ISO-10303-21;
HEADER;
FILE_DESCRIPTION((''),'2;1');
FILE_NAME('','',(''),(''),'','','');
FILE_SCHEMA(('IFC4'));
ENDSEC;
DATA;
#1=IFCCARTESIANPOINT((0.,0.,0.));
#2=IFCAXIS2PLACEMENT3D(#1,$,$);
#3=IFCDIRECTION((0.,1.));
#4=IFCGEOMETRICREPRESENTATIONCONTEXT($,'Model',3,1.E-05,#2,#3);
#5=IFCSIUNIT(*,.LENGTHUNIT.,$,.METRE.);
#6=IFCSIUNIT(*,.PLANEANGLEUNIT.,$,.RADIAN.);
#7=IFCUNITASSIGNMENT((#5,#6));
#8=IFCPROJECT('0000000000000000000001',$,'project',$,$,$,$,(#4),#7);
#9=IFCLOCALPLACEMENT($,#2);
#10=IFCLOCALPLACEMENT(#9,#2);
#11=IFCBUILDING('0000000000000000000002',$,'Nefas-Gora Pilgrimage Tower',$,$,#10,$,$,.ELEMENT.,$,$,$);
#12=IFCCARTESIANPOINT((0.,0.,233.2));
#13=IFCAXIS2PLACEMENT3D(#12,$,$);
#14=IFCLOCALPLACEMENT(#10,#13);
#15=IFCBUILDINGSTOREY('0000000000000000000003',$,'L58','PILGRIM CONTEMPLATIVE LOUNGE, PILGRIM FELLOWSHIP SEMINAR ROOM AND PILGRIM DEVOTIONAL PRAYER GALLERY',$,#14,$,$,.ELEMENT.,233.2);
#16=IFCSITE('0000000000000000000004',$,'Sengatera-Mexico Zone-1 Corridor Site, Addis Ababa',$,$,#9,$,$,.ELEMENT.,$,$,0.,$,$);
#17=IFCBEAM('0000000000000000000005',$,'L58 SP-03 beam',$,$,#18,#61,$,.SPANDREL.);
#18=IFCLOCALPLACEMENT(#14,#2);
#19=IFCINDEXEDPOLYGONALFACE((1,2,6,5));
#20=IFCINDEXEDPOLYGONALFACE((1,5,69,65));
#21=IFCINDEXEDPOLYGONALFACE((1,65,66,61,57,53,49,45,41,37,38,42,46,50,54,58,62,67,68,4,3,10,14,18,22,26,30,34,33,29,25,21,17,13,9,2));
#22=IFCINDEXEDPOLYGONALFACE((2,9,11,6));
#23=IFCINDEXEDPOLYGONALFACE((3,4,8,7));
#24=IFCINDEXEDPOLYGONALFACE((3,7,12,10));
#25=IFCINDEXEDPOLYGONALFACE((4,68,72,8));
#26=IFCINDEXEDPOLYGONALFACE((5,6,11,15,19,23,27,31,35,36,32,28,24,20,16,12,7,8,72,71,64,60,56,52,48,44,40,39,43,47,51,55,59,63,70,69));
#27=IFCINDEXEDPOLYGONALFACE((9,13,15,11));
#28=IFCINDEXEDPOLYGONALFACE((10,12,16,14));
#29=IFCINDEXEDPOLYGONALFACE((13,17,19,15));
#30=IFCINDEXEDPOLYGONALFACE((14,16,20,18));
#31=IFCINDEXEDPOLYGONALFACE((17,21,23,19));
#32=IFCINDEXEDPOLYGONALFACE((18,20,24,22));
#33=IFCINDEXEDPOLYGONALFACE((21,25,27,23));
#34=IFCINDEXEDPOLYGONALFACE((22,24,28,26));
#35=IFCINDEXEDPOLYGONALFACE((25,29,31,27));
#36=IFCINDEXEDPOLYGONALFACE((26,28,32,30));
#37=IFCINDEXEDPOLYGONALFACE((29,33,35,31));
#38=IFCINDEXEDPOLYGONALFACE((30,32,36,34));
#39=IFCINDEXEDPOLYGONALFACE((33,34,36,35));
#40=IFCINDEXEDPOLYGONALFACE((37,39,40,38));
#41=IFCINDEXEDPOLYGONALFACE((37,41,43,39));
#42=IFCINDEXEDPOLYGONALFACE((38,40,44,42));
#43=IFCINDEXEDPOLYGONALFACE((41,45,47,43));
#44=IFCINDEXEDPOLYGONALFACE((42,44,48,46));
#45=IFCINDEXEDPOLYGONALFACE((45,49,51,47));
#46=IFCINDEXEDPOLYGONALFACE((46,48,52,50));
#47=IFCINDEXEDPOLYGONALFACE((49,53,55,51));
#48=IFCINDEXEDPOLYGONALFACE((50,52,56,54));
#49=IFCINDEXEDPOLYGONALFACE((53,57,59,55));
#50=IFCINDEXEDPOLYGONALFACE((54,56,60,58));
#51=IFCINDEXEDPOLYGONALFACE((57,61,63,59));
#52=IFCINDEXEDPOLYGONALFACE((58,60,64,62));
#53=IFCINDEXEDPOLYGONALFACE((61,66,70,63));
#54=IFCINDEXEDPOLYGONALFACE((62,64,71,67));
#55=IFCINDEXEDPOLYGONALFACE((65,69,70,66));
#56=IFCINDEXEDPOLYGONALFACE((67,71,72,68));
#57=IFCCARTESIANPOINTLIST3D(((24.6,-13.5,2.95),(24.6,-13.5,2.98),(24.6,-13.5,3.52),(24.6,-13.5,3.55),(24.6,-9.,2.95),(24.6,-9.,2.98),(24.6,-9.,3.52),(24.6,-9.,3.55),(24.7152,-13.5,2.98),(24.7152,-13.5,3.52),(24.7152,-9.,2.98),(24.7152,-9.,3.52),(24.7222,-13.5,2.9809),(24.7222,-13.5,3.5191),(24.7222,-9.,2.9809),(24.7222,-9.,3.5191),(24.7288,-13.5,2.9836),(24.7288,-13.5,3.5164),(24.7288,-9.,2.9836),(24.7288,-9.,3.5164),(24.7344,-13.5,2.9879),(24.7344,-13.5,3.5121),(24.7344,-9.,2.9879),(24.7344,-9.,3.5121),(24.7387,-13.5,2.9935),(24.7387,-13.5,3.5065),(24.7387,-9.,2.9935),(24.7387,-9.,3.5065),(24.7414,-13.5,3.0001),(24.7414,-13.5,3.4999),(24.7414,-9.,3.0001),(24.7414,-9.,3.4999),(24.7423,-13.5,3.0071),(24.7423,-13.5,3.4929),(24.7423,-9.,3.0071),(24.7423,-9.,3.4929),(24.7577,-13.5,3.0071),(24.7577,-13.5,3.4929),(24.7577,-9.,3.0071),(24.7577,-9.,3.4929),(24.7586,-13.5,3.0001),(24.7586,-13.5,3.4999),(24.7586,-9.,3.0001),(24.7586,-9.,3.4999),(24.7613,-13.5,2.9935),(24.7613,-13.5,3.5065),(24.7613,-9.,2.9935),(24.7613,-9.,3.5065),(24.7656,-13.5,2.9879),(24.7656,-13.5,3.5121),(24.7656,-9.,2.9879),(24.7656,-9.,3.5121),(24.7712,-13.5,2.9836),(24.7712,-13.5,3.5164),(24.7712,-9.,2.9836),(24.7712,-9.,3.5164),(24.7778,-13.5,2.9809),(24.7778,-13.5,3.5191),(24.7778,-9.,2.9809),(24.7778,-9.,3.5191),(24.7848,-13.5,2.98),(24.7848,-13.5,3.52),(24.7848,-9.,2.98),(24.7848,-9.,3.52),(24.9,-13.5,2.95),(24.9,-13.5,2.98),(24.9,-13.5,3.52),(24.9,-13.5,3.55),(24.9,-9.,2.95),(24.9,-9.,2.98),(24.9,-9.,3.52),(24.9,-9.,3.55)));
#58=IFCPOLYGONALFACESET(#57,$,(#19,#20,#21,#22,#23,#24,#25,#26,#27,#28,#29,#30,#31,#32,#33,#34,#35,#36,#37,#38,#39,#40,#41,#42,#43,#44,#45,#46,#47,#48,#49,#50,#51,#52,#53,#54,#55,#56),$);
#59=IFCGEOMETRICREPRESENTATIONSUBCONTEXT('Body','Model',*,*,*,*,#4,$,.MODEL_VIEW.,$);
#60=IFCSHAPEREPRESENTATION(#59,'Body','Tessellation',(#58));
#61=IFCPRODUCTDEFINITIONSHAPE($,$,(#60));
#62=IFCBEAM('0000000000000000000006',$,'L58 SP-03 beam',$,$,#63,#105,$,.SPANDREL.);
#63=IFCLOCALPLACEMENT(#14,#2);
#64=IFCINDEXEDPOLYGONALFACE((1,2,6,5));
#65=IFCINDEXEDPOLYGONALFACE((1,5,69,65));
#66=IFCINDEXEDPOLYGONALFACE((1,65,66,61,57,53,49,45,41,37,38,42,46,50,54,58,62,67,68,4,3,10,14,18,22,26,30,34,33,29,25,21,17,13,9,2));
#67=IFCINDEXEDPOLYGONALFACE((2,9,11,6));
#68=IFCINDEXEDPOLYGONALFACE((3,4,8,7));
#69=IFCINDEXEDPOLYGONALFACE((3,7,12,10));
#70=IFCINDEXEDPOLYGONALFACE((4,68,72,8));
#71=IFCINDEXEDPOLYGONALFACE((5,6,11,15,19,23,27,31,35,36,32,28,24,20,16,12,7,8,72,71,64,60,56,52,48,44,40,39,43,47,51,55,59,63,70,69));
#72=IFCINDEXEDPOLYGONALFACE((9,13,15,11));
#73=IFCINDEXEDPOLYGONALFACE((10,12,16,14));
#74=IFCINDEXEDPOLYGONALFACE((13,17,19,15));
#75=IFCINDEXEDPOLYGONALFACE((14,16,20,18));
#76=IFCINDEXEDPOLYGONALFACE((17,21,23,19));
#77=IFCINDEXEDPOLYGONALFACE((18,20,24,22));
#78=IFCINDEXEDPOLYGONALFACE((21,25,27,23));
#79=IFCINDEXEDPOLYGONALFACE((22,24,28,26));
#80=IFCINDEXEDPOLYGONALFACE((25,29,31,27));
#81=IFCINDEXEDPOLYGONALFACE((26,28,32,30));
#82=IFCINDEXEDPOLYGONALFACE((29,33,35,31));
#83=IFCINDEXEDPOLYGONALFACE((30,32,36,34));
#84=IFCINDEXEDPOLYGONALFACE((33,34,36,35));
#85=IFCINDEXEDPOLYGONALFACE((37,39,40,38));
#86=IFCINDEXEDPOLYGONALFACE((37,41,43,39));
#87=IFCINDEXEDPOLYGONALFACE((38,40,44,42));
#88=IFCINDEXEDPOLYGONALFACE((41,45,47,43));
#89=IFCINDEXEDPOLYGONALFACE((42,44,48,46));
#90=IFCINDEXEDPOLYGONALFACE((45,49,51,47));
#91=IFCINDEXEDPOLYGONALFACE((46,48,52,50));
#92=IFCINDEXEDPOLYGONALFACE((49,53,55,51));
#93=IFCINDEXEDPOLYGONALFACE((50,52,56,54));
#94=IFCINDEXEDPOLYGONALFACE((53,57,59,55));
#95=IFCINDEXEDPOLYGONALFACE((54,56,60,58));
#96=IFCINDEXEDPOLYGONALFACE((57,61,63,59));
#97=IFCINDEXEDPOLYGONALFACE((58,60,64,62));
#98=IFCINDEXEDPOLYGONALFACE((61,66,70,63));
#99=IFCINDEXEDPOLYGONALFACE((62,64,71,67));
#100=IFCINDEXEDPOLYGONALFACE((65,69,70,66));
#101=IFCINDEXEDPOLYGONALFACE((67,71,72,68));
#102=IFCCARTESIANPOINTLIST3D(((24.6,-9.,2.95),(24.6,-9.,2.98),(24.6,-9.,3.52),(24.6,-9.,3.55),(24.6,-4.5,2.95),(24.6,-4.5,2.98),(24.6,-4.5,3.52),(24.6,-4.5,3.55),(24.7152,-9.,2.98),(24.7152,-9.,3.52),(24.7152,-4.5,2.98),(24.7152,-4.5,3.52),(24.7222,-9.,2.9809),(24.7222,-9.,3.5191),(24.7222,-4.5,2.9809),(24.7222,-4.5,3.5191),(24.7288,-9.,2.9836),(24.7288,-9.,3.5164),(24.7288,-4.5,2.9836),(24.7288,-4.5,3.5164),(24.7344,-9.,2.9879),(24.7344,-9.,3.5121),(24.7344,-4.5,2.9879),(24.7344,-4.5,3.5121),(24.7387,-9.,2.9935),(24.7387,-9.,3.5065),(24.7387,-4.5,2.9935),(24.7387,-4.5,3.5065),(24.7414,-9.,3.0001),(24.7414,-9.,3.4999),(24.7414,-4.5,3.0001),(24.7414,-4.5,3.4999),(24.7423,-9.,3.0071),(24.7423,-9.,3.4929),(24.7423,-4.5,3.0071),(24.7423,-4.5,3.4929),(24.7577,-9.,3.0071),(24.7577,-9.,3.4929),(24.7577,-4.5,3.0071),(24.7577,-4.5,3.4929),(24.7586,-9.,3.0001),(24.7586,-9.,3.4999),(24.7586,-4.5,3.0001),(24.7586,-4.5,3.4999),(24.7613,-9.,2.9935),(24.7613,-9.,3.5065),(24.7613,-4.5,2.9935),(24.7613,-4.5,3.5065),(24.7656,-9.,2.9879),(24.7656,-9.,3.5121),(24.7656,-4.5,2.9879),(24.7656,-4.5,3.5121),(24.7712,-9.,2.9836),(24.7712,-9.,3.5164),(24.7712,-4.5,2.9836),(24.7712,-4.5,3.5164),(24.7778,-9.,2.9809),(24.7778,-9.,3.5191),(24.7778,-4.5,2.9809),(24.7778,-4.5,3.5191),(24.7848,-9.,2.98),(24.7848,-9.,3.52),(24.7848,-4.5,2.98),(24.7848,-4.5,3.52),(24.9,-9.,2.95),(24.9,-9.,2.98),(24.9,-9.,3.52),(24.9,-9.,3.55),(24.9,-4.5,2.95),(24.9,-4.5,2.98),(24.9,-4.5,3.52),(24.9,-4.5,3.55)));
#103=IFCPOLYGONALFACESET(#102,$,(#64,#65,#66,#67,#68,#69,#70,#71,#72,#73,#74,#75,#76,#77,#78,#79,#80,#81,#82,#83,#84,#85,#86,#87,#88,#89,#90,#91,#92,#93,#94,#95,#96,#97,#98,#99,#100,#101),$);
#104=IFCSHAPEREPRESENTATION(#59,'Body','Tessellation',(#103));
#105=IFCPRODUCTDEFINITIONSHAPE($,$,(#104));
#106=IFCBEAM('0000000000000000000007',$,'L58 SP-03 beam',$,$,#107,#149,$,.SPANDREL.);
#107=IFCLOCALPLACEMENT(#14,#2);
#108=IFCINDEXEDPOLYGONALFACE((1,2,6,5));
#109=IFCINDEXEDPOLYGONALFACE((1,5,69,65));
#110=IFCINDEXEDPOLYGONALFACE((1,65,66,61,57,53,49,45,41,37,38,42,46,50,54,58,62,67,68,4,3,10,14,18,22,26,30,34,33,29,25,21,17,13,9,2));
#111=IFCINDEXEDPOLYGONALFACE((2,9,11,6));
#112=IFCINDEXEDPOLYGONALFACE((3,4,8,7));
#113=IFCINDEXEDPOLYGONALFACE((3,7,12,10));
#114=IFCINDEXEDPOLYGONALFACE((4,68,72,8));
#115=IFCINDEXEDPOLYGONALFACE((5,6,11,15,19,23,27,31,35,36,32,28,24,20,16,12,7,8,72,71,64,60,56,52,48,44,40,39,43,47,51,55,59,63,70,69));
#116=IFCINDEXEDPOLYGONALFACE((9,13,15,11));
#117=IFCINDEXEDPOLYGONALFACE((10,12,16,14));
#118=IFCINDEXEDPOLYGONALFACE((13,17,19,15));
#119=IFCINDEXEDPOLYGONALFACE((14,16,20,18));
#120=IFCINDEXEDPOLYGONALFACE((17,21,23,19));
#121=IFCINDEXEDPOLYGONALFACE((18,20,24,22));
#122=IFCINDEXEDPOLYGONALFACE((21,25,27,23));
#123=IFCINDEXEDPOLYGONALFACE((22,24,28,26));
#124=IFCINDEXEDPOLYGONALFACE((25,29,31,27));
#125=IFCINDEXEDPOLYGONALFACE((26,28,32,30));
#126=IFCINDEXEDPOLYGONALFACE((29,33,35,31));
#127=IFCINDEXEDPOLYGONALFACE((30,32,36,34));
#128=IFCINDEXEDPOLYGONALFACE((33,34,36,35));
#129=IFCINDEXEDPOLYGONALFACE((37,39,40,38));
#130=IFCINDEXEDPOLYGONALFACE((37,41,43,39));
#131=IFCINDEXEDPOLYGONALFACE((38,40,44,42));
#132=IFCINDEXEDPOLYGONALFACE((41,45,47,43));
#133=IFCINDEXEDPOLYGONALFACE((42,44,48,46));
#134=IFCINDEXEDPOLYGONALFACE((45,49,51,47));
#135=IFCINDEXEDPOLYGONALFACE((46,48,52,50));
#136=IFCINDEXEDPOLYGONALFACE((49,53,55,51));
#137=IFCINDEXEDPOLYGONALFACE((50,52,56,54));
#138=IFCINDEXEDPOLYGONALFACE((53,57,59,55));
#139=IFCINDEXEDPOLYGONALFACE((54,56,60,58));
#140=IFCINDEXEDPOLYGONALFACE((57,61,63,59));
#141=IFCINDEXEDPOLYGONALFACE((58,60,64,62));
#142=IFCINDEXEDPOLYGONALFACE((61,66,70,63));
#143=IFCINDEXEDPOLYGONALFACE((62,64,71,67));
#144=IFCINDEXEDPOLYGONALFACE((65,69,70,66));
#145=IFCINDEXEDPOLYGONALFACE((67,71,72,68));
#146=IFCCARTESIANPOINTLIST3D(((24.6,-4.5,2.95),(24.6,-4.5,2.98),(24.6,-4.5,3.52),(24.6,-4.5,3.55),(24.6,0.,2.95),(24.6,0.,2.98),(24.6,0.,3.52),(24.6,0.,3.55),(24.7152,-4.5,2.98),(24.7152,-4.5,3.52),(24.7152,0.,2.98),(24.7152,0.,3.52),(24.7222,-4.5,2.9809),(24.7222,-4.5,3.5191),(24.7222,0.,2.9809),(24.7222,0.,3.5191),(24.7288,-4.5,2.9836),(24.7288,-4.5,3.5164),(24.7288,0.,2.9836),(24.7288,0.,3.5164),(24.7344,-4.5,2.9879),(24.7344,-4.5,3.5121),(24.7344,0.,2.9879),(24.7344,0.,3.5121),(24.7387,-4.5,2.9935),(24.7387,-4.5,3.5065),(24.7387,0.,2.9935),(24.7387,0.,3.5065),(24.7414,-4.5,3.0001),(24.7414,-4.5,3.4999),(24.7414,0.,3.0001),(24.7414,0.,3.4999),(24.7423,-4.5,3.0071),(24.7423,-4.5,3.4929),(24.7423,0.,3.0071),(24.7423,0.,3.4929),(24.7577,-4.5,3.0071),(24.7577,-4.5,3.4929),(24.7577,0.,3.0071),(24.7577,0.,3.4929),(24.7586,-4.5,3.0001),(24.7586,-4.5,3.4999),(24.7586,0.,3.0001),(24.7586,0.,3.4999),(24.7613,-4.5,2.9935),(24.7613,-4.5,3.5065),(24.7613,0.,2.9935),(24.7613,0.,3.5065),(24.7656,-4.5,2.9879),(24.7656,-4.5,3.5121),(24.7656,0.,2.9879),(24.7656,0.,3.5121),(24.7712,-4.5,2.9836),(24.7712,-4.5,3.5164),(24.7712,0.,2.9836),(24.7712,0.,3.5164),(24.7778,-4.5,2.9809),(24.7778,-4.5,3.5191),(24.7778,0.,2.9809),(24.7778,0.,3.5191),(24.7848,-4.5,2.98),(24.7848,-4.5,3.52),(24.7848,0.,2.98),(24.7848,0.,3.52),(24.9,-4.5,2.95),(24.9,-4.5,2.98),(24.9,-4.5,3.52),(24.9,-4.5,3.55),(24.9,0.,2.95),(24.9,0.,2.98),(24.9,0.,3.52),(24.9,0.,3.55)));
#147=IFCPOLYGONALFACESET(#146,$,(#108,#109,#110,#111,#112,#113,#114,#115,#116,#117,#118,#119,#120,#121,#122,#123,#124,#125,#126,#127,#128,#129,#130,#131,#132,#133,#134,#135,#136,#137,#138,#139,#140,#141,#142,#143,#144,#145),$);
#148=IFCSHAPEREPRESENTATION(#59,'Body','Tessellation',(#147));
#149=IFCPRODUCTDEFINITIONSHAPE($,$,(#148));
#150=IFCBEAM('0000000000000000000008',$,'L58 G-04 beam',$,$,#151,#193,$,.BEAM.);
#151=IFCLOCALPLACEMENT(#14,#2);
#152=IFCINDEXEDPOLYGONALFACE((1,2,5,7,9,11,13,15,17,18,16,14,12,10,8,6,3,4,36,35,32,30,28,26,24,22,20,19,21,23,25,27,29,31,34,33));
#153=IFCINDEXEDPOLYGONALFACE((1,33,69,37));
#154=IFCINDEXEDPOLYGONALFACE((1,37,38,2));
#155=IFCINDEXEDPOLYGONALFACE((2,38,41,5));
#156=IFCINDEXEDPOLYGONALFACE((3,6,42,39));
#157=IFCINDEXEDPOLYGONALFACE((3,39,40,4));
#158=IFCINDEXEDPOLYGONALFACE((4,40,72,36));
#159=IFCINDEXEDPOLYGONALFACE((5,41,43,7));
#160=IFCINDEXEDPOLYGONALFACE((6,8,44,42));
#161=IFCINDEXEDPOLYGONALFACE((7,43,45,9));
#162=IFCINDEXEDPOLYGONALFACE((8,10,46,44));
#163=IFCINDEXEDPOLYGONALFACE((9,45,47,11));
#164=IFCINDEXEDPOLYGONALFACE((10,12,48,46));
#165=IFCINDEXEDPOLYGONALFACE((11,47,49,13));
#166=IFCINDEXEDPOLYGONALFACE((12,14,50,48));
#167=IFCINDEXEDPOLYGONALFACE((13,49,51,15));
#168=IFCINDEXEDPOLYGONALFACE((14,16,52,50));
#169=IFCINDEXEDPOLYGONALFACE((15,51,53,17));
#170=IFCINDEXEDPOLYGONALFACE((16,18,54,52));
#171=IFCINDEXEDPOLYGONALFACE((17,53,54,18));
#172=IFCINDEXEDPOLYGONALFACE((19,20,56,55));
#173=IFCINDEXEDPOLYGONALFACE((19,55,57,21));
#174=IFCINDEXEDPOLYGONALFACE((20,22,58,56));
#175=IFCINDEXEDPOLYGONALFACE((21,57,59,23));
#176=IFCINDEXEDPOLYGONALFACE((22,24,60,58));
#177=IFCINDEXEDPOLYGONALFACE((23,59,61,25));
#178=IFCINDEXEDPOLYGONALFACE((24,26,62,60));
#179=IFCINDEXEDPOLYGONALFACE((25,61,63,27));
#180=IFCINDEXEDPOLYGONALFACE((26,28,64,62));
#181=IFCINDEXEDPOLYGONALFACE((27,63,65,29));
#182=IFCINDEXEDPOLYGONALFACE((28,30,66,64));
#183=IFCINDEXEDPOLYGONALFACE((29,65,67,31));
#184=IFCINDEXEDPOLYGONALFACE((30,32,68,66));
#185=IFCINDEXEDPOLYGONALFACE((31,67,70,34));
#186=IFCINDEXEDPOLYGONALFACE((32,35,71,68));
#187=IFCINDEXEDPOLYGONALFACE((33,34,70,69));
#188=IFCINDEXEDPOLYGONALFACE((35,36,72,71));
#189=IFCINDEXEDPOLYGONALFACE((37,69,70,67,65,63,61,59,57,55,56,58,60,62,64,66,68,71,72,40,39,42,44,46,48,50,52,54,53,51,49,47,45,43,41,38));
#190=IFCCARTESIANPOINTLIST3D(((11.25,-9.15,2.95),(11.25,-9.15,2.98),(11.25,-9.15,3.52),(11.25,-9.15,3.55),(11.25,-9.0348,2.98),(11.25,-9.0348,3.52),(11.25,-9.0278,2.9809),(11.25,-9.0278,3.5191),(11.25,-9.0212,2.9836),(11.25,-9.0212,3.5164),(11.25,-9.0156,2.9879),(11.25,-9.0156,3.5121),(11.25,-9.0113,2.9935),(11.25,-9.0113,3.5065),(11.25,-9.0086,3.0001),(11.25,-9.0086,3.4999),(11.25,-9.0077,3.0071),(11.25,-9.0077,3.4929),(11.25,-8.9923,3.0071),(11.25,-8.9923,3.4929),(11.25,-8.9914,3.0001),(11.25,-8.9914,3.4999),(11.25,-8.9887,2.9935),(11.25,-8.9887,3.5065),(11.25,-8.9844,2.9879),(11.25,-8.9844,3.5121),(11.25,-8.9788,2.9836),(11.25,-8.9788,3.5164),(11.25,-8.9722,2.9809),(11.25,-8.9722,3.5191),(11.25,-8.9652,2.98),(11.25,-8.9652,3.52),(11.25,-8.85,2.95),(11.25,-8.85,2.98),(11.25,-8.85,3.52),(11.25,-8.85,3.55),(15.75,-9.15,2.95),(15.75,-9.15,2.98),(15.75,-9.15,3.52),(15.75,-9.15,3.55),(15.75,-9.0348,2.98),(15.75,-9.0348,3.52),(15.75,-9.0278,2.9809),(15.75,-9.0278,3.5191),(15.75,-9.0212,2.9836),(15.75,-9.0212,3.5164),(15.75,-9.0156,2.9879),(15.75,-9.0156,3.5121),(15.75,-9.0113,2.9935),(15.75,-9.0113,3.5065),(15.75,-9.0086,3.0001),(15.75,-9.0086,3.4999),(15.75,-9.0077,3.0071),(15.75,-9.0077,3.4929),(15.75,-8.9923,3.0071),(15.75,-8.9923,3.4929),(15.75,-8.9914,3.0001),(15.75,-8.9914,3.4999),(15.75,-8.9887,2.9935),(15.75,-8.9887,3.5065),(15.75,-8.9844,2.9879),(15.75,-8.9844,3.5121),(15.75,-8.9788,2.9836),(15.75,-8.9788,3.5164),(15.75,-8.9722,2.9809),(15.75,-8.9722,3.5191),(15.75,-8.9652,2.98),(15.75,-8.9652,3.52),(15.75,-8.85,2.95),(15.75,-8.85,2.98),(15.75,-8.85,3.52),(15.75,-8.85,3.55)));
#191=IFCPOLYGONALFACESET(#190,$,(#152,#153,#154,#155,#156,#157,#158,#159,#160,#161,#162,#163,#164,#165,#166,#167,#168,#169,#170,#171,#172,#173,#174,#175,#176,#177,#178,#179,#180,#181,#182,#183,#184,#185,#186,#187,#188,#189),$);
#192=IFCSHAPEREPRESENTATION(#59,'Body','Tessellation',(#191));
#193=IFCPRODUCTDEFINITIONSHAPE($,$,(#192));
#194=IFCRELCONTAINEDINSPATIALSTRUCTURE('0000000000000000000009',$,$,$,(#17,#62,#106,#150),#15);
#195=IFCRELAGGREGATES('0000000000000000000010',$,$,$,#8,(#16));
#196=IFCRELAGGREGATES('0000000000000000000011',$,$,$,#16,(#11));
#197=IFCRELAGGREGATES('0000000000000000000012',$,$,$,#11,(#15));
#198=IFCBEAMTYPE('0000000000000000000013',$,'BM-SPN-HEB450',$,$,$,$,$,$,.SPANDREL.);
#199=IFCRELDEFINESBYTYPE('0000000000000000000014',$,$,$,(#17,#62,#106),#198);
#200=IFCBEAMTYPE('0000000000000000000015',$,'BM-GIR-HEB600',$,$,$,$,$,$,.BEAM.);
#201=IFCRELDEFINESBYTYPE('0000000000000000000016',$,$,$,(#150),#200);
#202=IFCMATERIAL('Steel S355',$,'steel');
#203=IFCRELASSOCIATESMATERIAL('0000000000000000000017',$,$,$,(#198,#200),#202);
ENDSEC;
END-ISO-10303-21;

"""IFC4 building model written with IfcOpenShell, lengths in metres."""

from ifc_helpers import new_model, si_unit, direction, frame, origin, origin_2d, place, context, subcontext, project, spatial, i_section, extrude, source, transform, mapped, material, material_profile, profile_set, type_object, element, save


model = new_model("IFC4")

# Units and contexts
model_context = context("Model", 3, precision=1e-05, world=origin(), true_north=direction((0.0, 1.0)))
body_context = subcontext(model_context, "Body", "Model", "MODEL_VIEW")
ifc_project = project(units=[si_unit("LENGTHUNIT", "METRE"), si_unit("PLANEANGLEUNIT", "RADIAN")], contexts=[model_context])

# Site, building, storey
site_placement = place(None, origin())
site = spatial("IfcSite", under=ifc_project, at=site_placement, Name="Sengatera-Mexico Zone-1 Corridor Site, Addis Ababa", CompositionType="ELEMENT", RefElevation=0.0)
building_placement = place(site_placement, origin())
building = spatial("IfcBuilding", under=site, at=building_placement, Name="Nefas-Gora Pilgrimage Tower", CompositionType="ELEMENT")
storey_placement = place(building_placement, frame((0.0, 0.0, 233.2)))
storey = spatial("IfcBuildingStorey", under=building, at=storey_placement, Name="L58", Description="PILGRIM CONTEMPLATIVE LOUNGE, PILGRIM FELLOWSHIP SEMINAR ROOM AND PILGRIM DEVOTIONAL PRAYER GALLERY", CompositionType="ELEMENT", Elevation=233.2)

# Beams
ifc_material_1 = material(Name="Steel S355", Category="steel")
ifc_material_profile_1 = material_profile(ifc_material_1, i_section(OverallWidth=0.3, OverallDepth=0.6001, WebThickness=0.0154, FlangeThickness=0.03, FilletRadius=0.0271, at=origin_2d()), Name="HEB 600")
ifc_profile_set_1 = profile_set([ifc_material_profile_1], Name="Steel S355")
beam_type_1 = type_object("IfcBeamType", Name="BM-SPN-HEB450", PredefinedType="SPANDREL", material=ifc_profile_set_1)
shared_shape_1 = source(origin(), body_context, "Body", "SweptSolid", [
    extrude(i_section(OverallWidth=0.3, OverallDepth=0.6001, WebThickness=0.0154, FlangeThickness=0.03, FilletRadius=0.0271, at=origin_2d()), origin(), (0.0, 0.0, 1.0), 4.5),
])
for number, where, z_axis, x_axis, name in (
    (1, (24.75, -13.5, 3.25), (0.0, 1.0, 0.0), (-1.0, 0.0, 0.0), "L58 SP-03 beam"),
    (2, (24.75, -9.0, 3.25), (0.0, 1.0, 0.0), (-1.0, 0.0, 0.0), "L58 SP-03 beam"),
    (3, (24.75, -4.5, 3.25), (0.0, 1.0, 0.0), (-1.0, 0.0, 0.0), "L58 SP-03 beam"),
):
    element("IfcBeam", number, at=place(storey_placement, frame(where, z_axis=z_axis, x_axis=x_axis)), inside=storey, type_object=beam_type_1, Name=name, PredefinedType="SPANDREL", context=body_context, shape_type="MappedRepresentation", body=[
        mapped(shared_shape_1, transform((0.0, 0.0, 0.0), x_axis=(1.0, 0.0, 0.0), y_axis=(0.0, 1.0, 0.0), z_axis=(0.0, 0.0, 1.0), scale=1.0)),
    ])
ifc_material_profile_2 = material_profile(ifc_material_1, i_section(OverallWidth=0.3, OverallDepth=0.6001, WebThickness=0.0154, FlangeThickness=0.03, FilletRadius=0.0271, at=origin_2d()), Name="HEB 600")
ifc_profile_set_2 = profile_set([ifc_material_profile_2], Name="Steel S355")
beam_type_2 = type_object("IfcBeamType", Name="BM-GIR-HEB600", PredefinedType="BEAM", material=ifc_profile_set_2)
shared_shape_2 = source(origin(), body_context, "Body", "SweptSolid", [
    extrude(i_section(OverallWidth=0.3, OverallDepth=0.6001, WebThickness=0.0154, FlangeThickness=0.03, FilletRadius=0.0271, at=origin_2d()), origin(), (0.0, 0.0, 1.0), 4.5),
])
for number, where, z_axis, x_axis, name in (
    (4, (11.25, -9.0, 3.25), (1.0, 0.0, 0.0), (0.0, 1.0, 0.0), "L58 G-04 beam"),
):
    element("IfcBeam", number, at=place(storey_placement, frame(where, z_axis=z_axis, x_axis=x_axis)), inside=storey, type_object=beam_type_2, Name=name, PredefinedType="BEAM", context=body_context, shape_type="MappedRepresentation", body=[
        mapped(shared_shape_2, transform((0.0, 0.0, 0.0), x_axis=(1.0, 0.0, 0.0), y_axis=(0.0, 1.0, 0.0), z_axis=(0.0, 0.0, 1.0), scale=1.0)),
    ])

save(model, "model.ifc")
